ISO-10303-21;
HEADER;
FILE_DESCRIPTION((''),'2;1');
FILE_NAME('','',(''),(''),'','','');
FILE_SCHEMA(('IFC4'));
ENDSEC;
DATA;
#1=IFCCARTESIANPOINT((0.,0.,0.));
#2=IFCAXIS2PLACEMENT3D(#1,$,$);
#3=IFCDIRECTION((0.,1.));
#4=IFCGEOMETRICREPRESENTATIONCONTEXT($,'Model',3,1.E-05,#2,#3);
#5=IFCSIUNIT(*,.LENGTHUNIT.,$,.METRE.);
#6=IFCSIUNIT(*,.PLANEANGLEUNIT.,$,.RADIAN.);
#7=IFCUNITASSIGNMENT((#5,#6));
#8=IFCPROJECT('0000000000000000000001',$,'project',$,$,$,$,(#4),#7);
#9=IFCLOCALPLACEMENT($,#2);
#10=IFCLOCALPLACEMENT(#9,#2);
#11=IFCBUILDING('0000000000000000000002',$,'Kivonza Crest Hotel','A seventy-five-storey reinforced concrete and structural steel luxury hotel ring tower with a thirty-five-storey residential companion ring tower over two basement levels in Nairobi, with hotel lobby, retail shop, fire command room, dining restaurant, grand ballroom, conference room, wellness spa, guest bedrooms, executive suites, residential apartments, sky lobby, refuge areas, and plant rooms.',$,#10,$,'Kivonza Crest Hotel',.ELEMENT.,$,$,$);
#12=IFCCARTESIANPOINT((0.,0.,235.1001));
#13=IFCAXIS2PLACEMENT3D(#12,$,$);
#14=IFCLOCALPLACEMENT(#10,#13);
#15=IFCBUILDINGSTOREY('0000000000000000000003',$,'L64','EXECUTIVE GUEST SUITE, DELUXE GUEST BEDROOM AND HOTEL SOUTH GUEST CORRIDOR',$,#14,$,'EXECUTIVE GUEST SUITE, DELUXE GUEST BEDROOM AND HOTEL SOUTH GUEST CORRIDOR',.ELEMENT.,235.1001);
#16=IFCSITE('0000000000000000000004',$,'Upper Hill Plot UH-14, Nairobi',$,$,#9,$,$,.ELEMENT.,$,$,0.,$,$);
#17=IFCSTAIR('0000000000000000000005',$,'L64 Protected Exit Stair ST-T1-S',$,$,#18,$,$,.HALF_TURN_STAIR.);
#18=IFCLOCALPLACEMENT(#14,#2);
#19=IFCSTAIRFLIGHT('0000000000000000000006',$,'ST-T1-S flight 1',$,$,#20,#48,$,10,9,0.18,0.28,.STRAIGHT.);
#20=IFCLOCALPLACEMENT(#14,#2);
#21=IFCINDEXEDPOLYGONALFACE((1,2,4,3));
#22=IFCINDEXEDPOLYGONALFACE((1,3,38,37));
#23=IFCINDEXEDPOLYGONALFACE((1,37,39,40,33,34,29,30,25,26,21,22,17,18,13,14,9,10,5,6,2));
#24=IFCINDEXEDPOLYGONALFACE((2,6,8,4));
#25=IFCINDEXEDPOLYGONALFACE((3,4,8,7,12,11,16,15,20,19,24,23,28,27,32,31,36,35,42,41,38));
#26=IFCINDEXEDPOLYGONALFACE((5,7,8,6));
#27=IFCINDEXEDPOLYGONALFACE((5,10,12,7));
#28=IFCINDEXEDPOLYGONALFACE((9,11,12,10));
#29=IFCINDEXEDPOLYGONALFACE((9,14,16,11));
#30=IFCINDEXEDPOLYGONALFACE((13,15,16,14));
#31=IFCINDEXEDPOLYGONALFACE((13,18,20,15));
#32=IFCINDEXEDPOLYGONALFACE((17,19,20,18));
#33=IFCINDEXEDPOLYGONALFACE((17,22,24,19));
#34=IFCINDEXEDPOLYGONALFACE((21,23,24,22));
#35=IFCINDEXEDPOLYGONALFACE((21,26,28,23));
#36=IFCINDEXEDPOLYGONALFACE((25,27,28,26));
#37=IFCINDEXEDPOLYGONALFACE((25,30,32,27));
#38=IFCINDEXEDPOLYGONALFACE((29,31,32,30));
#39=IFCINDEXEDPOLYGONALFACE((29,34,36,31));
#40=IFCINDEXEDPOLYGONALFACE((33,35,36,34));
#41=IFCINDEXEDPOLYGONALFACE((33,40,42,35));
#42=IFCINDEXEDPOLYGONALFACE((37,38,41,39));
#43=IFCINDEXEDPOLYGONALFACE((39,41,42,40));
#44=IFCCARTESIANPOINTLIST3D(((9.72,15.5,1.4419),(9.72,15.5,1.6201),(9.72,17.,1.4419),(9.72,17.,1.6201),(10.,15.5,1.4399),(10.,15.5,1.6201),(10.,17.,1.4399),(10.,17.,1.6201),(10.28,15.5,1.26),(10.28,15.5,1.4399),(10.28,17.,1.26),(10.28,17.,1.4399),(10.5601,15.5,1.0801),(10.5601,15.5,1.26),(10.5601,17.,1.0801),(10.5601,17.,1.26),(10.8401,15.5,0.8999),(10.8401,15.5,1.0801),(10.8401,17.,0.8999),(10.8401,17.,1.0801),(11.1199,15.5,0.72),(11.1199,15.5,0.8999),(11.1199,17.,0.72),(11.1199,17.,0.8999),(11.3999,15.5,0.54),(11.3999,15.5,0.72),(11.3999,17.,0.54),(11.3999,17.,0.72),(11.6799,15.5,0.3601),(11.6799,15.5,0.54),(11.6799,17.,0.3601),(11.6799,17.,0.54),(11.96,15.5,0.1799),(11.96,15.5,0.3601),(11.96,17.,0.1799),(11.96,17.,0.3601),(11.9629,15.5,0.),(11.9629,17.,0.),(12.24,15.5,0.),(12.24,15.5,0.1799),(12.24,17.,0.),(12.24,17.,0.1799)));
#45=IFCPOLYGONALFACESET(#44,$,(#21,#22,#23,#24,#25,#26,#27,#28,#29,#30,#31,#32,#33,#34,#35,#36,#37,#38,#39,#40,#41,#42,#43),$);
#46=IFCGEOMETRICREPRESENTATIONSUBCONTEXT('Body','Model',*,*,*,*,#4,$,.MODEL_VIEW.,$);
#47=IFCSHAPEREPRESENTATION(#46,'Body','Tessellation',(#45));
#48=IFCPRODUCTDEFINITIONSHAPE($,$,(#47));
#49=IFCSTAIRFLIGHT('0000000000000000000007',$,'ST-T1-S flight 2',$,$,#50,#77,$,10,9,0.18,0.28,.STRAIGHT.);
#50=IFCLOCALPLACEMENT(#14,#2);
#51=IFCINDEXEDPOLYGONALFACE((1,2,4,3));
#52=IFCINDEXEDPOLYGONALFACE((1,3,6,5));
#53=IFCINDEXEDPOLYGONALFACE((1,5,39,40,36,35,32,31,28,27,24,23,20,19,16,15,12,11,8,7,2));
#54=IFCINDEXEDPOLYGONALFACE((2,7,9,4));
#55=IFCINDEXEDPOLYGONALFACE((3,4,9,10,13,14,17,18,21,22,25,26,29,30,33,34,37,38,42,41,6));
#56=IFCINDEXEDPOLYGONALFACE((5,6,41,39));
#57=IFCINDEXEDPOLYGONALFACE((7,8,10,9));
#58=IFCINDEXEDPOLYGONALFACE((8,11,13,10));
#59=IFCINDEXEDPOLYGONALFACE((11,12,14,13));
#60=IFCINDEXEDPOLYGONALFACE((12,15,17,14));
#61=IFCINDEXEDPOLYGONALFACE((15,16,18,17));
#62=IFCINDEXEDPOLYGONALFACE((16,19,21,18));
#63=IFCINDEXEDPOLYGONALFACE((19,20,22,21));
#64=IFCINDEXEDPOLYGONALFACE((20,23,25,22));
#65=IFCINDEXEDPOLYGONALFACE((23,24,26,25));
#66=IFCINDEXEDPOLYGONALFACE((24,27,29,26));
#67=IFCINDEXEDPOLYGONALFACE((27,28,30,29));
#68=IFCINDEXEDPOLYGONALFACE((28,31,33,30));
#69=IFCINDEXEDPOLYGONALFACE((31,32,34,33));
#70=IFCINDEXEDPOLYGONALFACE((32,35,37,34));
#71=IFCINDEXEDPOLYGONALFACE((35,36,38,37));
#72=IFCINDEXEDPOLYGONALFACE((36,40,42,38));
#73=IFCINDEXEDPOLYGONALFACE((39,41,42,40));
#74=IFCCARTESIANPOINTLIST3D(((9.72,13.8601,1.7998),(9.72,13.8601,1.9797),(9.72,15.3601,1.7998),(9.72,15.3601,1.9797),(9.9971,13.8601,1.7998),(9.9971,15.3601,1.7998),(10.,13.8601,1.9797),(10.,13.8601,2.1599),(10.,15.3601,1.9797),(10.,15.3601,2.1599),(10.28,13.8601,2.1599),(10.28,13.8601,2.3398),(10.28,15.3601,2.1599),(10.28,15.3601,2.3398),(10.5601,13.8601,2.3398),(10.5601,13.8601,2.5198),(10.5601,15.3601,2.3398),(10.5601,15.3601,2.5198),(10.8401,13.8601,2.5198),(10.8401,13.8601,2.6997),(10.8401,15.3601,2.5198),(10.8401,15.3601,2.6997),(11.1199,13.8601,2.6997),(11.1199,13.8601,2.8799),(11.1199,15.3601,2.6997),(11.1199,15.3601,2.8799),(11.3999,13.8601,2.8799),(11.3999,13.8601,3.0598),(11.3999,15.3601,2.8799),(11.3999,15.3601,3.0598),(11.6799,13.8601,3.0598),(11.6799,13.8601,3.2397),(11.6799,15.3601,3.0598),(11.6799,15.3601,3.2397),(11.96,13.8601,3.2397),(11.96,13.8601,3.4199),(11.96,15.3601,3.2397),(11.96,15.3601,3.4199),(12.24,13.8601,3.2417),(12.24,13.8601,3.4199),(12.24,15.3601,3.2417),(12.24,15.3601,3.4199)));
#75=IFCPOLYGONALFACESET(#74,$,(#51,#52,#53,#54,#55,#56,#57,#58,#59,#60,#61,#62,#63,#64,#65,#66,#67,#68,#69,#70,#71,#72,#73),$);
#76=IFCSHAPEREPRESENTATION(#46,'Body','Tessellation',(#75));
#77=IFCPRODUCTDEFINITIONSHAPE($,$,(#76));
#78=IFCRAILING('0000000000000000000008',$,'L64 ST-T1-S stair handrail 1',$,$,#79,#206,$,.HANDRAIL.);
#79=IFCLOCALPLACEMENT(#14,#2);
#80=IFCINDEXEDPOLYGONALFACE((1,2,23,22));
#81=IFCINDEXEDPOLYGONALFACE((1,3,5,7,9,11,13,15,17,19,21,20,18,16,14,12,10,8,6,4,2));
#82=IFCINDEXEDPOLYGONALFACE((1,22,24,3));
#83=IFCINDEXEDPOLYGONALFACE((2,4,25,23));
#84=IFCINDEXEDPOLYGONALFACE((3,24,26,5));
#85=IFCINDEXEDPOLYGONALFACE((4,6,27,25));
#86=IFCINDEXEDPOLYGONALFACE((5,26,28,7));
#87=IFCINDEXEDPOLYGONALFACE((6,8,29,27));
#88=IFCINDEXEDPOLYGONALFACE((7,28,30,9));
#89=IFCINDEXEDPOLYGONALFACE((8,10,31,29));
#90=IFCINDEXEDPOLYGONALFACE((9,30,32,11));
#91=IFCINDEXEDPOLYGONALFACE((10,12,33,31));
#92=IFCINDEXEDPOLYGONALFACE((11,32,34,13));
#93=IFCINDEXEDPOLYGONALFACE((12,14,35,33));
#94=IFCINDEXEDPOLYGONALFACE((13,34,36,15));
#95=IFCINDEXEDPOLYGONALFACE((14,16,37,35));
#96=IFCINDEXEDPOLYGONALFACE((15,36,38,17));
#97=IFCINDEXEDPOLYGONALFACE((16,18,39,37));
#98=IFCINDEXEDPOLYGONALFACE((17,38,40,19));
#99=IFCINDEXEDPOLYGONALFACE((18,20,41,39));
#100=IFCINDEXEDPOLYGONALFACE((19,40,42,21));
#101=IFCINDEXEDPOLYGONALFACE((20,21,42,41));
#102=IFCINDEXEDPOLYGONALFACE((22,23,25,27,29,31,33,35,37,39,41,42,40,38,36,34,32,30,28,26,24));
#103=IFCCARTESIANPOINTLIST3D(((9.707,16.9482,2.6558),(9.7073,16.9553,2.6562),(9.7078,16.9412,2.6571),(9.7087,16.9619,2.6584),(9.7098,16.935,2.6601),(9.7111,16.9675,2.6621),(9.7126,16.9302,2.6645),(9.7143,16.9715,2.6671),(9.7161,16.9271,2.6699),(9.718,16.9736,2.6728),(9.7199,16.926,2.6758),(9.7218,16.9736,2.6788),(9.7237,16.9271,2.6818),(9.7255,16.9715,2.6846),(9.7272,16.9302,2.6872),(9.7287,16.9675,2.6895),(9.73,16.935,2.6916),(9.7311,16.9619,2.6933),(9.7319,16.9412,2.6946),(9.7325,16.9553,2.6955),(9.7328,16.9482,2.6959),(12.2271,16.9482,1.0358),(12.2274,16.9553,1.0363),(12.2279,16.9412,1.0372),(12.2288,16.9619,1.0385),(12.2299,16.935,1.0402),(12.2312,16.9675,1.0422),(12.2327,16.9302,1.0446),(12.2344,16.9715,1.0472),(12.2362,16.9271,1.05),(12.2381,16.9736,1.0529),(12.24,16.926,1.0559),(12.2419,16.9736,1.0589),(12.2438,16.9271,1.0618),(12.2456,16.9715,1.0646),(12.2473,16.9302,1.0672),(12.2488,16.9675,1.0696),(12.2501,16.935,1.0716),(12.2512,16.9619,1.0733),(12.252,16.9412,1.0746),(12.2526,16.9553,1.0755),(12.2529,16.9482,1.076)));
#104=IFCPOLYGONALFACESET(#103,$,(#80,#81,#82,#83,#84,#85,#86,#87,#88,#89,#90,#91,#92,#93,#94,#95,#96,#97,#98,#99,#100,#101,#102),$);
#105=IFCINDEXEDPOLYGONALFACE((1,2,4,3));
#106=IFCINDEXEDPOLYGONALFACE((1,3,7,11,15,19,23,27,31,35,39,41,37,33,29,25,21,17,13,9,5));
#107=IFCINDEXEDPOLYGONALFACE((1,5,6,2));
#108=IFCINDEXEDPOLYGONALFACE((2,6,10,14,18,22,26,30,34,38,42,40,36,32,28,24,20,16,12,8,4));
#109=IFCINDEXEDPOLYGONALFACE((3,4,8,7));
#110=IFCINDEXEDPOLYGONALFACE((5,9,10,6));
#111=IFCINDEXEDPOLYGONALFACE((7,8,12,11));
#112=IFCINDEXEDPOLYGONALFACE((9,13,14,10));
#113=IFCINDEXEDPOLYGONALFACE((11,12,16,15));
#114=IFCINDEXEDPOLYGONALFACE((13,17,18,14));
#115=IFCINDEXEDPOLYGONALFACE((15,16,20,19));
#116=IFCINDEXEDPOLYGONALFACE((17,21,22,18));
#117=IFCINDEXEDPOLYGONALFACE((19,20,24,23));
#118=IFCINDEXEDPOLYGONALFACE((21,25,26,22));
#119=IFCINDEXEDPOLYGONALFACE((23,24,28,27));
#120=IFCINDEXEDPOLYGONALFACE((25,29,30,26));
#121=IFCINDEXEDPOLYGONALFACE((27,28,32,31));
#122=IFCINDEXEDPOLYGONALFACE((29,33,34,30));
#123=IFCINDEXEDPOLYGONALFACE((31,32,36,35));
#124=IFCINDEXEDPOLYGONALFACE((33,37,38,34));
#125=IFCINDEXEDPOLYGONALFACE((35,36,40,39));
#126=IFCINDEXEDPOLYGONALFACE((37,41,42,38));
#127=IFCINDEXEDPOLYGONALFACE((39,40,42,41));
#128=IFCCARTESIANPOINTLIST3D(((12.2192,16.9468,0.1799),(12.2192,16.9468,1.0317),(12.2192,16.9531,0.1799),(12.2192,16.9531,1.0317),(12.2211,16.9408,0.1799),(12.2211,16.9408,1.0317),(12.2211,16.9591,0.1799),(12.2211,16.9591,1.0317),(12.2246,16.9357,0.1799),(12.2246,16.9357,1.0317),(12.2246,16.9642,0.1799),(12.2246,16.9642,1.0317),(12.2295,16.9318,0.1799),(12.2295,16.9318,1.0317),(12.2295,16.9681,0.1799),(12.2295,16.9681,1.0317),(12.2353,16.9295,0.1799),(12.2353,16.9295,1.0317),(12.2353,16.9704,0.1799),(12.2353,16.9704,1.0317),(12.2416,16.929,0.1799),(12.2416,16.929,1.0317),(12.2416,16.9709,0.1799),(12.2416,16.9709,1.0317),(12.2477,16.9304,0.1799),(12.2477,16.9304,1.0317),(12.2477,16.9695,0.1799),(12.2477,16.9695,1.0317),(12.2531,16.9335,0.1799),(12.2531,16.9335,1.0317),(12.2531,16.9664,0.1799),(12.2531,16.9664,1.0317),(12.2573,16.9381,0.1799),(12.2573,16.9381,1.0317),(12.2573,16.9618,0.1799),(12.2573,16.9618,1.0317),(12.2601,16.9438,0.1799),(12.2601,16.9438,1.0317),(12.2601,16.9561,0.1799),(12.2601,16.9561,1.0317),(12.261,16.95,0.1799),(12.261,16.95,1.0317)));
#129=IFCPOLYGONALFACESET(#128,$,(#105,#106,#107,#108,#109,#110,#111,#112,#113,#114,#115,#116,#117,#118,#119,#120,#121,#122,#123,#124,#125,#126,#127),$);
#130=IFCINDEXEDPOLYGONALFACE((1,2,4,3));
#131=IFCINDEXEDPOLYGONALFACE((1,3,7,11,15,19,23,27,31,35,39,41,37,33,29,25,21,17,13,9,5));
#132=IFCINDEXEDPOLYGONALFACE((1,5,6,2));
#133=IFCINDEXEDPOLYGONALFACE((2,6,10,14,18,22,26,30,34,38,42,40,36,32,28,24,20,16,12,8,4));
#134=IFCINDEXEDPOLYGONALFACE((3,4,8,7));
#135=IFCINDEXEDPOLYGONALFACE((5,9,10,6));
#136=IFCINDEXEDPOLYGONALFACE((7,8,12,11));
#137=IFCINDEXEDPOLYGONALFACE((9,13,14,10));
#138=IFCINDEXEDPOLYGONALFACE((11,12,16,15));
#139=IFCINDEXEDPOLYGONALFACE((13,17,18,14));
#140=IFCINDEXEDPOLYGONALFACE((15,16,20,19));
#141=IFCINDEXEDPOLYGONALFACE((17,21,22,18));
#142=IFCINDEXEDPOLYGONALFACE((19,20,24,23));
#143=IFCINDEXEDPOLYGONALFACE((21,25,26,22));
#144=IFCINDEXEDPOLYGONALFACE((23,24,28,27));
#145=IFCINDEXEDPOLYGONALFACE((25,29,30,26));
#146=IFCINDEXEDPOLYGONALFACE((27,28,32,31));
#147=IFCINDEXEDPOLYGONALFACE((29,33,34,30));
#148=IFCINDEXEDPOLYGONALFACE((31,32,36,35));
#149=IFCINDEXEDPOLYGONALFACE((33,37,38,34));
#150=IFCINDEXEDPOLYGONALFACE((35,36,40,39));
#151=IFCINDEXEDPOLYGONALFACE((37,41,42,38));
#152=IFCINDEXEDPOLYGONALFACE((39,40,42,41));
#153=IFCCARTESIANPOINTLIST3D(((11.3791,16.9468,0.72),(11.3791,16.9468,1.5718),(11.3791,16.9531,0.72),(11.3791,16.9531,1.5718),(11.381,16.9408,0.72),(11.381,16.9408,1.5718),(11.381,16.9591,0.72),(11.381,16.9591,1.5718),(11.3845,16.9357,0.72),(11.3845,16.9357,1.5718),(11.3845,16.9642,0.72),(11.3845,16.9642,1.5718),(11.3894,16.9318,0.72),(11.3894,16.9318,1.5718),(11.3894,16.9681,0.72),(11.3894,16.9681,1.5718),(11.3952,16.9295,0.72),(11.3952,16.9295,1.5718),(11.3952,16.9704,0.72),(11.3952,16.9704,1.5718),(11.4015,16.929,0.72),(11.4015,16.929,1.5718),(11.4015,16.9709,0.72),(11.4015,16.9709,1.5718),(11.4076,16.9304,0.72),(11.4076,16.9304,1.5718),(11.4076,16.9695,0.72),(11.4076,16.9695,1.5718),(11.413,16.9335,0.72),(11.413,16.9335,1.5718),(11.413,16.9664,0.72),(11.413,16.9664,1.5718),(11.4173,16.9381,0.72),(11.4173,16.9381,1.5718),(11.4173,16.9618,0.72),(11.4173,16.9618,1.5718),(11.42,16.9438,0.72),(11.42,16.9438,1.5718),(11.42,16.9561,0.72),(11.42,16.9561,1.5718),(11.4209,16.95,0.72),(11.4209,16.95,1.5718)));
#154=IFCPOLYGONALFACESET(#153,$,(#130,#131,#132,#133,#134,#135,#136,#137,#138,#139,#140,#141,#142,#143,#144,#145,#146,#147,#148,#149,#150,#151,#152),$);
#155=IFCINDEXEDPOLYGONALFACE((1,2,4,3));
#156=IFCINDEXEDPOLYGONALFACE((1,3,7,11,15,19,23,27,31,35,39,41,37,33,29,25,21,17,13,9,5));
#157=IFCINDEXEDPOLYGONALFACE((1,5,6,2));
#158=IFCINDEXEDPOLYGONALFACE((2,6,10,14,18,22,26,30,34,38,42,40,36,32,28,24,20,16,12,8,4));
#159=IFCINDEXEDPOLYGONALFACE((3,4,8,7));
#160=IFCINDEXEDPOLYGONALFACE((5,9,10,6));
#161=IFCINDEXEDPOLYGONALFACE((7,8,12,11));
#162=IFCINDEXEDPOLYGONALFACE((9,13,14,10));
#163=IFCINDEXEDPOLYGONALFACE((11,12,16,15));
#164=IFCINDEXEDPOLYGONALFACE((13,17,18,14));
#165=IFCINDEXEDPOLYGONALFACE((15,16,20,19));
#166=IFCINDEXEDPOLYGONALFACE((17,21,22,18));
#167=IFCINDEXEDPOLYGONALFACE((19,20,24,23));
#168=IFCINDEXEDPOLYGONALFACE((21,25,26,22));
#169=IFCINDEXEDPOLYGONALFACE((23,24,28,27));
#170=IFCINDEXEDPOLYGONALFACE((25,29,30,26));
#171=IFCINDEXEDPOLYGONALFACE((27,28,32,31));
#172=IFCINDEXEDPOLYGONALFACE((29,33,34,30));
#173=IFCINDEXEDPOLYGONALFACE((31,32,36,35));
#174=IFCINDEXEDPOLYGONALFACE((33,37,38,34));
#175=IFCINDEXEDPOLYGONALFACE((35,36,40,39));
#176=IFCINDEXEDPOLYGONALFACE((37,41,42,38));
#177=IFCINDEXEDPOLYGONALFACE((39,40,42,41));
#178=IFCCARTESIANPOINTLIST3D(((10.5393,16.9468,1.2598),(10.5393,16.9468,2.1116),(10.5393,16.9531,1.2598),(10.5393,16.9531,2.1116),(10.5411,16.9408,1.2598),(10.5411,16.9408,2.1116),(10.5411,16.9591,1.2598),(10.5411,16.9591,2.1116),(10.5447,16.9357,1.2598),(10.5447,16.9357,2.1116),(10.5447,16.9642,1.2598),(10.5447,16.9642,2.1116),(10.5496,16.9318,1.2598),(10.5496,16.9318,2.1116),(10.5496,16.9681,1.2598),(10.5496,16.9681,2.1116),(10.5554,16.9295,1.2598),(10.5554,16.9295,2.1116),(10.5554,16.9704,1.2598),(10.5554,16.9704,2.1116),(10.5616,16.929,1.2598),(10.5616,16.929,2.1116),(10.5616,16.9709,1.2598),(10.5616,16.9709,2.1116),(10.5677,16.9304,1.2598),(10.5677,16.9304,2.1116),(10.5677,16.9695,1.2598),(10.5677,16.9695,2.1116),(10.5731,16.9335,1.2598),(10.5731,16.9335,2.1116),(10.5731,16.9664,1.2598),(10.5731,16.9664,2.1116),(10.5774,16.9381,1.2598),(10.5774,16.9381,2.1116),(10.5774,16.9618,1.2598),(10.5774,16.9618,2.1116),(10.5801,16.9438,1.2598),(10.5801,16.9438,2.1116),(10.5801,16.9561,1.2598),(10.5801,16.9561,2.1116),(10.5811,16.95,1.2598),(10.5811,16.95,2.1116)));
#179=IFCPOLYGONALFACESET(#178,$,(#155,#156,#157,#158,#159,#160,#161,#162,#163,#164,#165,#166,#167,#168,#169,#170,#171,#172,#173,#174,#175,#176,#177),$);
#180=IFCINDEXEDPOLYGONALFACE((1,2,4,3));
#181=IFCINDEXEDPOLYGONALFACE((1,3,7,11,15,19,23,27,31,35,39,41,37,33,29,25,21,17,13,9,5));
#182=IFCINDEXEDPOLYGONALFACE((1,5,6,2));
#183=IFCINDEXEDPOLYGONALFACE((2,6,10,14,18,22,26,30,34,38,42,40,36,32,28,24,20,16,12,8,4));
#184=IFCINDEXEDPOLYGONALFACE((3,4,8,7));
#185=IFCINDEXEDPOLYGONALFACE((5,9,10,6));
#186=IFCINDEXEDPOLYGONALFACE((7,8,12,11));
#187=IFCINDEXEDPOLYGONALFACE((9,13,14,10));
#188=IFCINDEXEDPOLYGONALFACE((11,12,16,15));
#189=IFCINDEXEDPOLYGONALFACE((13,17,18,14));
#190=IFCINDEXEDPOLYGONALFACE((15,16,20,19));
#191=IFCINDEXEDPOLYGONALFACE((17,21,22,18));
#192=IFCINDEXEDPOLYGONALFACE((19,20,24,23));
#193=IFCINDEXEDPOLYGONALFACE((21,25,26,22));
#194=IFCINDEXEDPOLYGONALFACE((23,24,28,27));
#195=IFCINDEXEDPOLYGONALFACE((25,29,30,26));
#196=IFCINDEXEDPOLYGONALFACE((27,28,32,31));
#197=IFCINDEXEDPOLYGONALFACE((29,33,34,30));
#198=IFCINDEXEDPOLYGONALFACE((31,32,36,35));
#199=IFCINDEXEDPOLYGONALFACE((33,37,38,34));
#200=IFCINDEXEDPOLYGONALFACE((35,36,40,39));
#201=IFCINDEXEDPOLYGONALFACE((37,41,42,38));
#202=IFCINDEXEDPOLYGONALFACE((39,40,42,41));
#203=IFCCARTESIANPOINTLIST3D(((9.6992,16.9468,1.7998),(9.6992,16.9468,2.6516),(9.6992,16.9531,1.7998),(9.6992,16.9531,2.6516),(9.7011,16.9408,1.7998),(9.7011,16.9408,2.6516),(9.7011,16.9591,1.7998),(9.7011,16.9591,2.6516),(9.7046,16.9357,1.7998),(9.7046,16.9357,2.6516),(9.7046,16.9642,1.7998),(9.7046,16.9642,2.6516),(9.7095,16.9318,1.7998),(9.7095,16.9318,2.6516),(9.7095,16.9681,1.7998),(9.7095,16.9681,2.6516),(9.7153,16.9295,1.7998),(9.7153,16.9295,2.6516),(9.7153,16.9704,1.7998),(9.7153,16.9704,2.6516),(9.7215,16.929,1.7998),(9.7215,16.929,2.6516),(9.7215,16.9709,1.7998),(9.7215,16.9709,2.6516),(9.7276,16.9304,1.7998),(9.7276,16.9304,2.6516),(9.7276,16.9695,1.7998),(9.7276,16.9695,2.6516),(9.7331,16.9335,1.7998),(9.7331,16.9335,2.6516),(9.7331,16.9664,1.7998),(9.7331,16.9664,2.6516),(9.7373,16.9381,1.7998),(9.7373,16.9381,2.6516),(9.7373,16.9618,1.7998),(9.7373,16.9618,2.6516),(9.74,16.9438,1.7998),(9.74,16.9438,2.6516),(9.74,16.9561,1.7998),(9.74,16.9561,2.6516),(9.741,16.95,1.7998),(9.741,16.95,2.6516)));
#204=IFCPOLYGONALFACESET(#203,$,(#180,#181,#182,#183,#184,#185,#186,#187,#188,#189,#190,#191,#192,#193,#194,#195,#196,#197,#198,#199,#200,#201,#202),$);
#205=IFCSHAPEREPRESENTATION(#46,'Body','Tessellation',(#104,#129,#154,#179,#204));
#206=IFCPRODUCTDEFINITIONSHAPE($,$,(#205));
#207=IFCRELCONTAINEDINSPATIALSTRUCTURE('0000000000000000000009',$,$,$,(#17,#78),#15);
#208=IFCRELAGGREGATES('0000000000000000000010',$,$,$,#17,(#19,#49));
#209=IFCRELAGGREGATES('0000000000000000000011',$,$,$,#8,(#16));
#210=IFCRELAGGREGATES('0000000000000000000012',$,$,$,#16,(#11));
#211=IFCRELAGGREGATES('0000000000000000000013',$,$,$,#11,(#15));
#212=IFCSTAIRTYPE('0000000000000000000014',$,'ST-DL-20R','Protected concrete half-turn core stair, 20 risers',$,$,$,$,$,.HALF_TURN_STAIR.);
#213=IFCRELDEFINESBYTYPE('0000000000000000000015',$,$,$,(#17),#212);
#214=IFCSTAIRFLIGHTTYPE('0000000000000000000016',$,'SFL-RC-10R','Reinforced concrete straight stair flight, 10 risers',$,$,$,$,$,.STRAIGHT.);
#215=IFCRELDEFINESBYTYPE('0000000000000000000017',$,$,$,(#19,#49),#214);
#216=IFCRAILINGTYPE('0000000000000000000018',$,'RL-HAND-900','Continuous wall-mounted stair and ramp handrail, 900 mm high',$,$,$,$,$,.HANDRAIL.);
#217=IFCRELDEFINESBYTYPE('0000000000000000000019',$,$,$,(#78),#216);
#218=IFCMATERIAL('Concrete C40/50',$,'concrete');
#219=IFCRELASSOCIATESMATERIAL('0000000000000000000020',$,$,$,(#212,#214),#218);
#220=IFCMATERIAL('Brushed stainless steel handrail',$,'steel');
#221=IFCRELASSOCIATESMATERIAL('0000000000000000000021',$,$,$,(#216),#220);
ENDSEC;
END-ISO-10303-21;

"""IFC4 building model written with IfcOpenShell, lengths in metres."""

from ifc_helpers import new_model, si_unit, direction, frame, origin, origin_2d, place, context, subcontext, project, spatial, polyline, circle, outline, extrude, material, type_object, element, aggregate, save


model = new_model("IFC4")

# Units and contexts
model_context = context("Model", 3, precision=1e-05, world=origin(), true_north=direction((0.0, 1.0)))
body_context = subcontext(model_context, "Body", "Model", "MODEL_VIEW")
ifc_project = project(units=[si_unit("LENGTHUNIT", "METRE"), si_unit("PLANEANGLEUNIT", "RADIAN")], contexts=[model_context])

# Site, building, storey
site_placement = place(None, origin())
site = spatial("IfcSite", under=ifc_project, at=site_placement, Name="Upper Hill Plot UH-14, Nairobi", CompositionType="ELEMENT", RefElevation=0.0)
building_placement = place(site_placement, origin())
building = spatial("IfcBuilding", under=site, at=building_placement, Name="Kivonza Crest Hotel", Description="A seventy-five-storey reinforced concrete and structural steel luxury hotel ring tower with a thirty-five-storey residential companion ring tower over two basement levels in Nairobi, with hotel lobby, retail shop, fire command room, dining restaurant, grand ballroom, conference room, wellness spa, guest bedrooms, executive suites, residential apartments, sky lobby, refuge areas, and plant rooms.", LongName="Kivonza Crest Hotel", CompositionType="ELEMENT")
storey_placement = place(building_placement, frame((0.0, 0.0, 235.1001)))
storey = spatial("IfcBuildingStorey", under=building, at=storey_placement, Name="L64", Description="EXECUTIVE GUEST SUITE, DELUXE GUEST BEDROOM AND HOTEL SOUTH GUEST CORRIDOR", LongName="EXECUTIVE GUEST SUITE, DELUXE GUEST BEDROOM AND HOTEL SOUTH GUEST CORRIDOR", CompositionType="ELEMENT", Elevation=235.1001)

# Stair, stair flights
ifc_material_1 = material(Name="Concrete C40/50", Category="concrete")
stair_type = type_object("IfcStairType", Name="ST-DL-20R", Description="Protected concrete half-turn core stair, 20 risers", PredefinedType="HALF_TURN_STAIR", material=ifc_material_1)
stair_placement = place(storey_placement, origin())
stair = element("IfcStair", 1, at=stair_placement, inside=storey, type_object=stair_type, Name="L64 Protected Exit Stair ST-T1-S", PredefinedType="HALF_TURN_STAIR")
stair_flight_type = type_object("IfcStairFlightType", Name="SFL-RC-10R", Description="Reinforced concrete straight stair flight, 10 risers", PredefinedType="STRAIGHT", material=ifc_material_1)
stair_flight_1_placement = place(storey_placement, frame((12.24, 16.25, 0.0), z_axis=(0.0, 0.0, 1.0), x_axis=(-1.0, 0.0, 0.0)))
stair_flight_1 = element("IfcStairFlight", 2, at=stair_flight_1_placement, type_object=stair_flight_type, Name="ST-T1-S flight 1", NumberOfRisers=10, NumberOfTreads=9, PredefinedType="STRAIGHT", RiserHeight=0.18, TreadLength=0.28, context=body_context, shape_type="SweptSolid", body=[
    extrude(outline(polyline([(0.0, 0.0), (0.0, 0.1799), (0.28, 0.1799), (0.28, 0.3601), (0.5601, 0.3601), (0.5601, 0.54), (0.8401, 0.54), (0.8401, 0.72), (1.1201, 0.72), (1.1201, 0.8999), (1.3999, 0.8999), (1.3999, 1.0801), (1.6799, 1.0801), (1.6799, 1.26), (1.96, 1.26), (1.96, 1.4399), (2.24, 1.4399), (2.24, 1.6201), (2.52, 1.6201), (2.52, 1.8), (2.52, 1.4419), (0.2771, 0.0), (0.0, 0.0)])), frame((0.0, 0.75, 0.0), z_axis=(0.0, -1.0, 0.0), x_axis=(1.0, 0.0, 0.0)), (0.0, 0.0, 1.0), 1.5),
])
stair_flight_2_placement = place(storey_placement, frame((9.72, 14.6101, 1.7998), z_axis=(0.0, 0.0, 1.0), x_axis=(1.0, 0.0, 0.0)))
stair_flight_2 = element("IfcStairFlight", 3, at=stair_flight_2_placement, type_object=stair_flight_type, Name="ST-T1-S flight 2", NumberOfRisers=10, NumberOfTreads=9, PredefinedType="STRAIGHT", RiserHeight=0.18, TreadLength=0.28, context=body_context, shape_type="SweptSolid", body=[
    extrude(outline(polyline([(0.0, 0.0), (0.0, 0.1799), (0.28, 0.1799), (0.28, 0.3601), (0.5601, 0.3601), (0.5601, 0.54), (0.8401, 0.54), (0.8401, 0.72), (1.1201, 0.72), (1.1201, 0.8999), (1.3999, 0.8999), (1.3999, 1.0801), (1.6799, 1.0801), (1.6799, 1.26), (1.96, 1.26), (1.96, 1.4399), (2.24, 1.4399), (2.24, 1.6201), (2.52, 1.6201), (2.52, 1.8), (2.52, 1.4419), (0.2771, 0.0), (0.0, 0.0)])), frame((0.0, 0.75, 0.0), z_axis=(0.0, -1.0, 0.0), x_axis=(1.0, 0.0, 0.0)), (0.0, 0.0, 1.0), 1.5),
])
aggregate(stair, [stair_flight_1, stair_flight_2])

# Railing
ifc_material_2 = material(Name="Brushed stainless steel handrail", Category="steel")
railing_type_1 = type_object("IfcRailingType", Name="RL-HAND-900", Description="Continuous wall-mounted stair and ramp handrail, 900 mm high", PredefinedType="HANDRAIL", material=ifc_material_2)
railing_1_placement = place(storey_placement, frame((12.24, 16.95, 0.1799)))
element("IfcRailing", 4, at=railing_1_placement, inside=storey, type_object=railing_type_1, Name="L64 ST-T1-S stair handrail 1", PredefinedType="HANDRAIL", context=body_context, shape_type="SweptSolid", body=[
    extrude(circle(Radius=0.0239, at=origin_2d()), frame((0.0, 0.0, 0.876), z_axis=(-0.8412, 0.0, 0.540725), x_axis=(0.0, -1.0, 0.0)), (0.0, 0.0, 1.0), 2.9958),
    extrude(circle(Radius=0.021, at=origin_2d()), origin(), (0.0, 0.0, 1.0), 0.8518),
    extrude(circle(Radius=0.021, at=origin_2d()), frame((-0.8401, 0.0, 0.54)), (0.0, 0.0, 1.0), 0.8518),
    extrude(circle(Radius=0.021, at=origin_2d()), frame((-1.6799, 0.0, 1.0798)), (0.0, 0.0, 1.0), 0.8518),
    extrude(circle(Radius=0.021, at=origin_2d()), frame((-2.52, 0.0, 1.6199)), (0.0, 0.0, 1.0), 0.8518),
])

save(model, "model.ifc")
